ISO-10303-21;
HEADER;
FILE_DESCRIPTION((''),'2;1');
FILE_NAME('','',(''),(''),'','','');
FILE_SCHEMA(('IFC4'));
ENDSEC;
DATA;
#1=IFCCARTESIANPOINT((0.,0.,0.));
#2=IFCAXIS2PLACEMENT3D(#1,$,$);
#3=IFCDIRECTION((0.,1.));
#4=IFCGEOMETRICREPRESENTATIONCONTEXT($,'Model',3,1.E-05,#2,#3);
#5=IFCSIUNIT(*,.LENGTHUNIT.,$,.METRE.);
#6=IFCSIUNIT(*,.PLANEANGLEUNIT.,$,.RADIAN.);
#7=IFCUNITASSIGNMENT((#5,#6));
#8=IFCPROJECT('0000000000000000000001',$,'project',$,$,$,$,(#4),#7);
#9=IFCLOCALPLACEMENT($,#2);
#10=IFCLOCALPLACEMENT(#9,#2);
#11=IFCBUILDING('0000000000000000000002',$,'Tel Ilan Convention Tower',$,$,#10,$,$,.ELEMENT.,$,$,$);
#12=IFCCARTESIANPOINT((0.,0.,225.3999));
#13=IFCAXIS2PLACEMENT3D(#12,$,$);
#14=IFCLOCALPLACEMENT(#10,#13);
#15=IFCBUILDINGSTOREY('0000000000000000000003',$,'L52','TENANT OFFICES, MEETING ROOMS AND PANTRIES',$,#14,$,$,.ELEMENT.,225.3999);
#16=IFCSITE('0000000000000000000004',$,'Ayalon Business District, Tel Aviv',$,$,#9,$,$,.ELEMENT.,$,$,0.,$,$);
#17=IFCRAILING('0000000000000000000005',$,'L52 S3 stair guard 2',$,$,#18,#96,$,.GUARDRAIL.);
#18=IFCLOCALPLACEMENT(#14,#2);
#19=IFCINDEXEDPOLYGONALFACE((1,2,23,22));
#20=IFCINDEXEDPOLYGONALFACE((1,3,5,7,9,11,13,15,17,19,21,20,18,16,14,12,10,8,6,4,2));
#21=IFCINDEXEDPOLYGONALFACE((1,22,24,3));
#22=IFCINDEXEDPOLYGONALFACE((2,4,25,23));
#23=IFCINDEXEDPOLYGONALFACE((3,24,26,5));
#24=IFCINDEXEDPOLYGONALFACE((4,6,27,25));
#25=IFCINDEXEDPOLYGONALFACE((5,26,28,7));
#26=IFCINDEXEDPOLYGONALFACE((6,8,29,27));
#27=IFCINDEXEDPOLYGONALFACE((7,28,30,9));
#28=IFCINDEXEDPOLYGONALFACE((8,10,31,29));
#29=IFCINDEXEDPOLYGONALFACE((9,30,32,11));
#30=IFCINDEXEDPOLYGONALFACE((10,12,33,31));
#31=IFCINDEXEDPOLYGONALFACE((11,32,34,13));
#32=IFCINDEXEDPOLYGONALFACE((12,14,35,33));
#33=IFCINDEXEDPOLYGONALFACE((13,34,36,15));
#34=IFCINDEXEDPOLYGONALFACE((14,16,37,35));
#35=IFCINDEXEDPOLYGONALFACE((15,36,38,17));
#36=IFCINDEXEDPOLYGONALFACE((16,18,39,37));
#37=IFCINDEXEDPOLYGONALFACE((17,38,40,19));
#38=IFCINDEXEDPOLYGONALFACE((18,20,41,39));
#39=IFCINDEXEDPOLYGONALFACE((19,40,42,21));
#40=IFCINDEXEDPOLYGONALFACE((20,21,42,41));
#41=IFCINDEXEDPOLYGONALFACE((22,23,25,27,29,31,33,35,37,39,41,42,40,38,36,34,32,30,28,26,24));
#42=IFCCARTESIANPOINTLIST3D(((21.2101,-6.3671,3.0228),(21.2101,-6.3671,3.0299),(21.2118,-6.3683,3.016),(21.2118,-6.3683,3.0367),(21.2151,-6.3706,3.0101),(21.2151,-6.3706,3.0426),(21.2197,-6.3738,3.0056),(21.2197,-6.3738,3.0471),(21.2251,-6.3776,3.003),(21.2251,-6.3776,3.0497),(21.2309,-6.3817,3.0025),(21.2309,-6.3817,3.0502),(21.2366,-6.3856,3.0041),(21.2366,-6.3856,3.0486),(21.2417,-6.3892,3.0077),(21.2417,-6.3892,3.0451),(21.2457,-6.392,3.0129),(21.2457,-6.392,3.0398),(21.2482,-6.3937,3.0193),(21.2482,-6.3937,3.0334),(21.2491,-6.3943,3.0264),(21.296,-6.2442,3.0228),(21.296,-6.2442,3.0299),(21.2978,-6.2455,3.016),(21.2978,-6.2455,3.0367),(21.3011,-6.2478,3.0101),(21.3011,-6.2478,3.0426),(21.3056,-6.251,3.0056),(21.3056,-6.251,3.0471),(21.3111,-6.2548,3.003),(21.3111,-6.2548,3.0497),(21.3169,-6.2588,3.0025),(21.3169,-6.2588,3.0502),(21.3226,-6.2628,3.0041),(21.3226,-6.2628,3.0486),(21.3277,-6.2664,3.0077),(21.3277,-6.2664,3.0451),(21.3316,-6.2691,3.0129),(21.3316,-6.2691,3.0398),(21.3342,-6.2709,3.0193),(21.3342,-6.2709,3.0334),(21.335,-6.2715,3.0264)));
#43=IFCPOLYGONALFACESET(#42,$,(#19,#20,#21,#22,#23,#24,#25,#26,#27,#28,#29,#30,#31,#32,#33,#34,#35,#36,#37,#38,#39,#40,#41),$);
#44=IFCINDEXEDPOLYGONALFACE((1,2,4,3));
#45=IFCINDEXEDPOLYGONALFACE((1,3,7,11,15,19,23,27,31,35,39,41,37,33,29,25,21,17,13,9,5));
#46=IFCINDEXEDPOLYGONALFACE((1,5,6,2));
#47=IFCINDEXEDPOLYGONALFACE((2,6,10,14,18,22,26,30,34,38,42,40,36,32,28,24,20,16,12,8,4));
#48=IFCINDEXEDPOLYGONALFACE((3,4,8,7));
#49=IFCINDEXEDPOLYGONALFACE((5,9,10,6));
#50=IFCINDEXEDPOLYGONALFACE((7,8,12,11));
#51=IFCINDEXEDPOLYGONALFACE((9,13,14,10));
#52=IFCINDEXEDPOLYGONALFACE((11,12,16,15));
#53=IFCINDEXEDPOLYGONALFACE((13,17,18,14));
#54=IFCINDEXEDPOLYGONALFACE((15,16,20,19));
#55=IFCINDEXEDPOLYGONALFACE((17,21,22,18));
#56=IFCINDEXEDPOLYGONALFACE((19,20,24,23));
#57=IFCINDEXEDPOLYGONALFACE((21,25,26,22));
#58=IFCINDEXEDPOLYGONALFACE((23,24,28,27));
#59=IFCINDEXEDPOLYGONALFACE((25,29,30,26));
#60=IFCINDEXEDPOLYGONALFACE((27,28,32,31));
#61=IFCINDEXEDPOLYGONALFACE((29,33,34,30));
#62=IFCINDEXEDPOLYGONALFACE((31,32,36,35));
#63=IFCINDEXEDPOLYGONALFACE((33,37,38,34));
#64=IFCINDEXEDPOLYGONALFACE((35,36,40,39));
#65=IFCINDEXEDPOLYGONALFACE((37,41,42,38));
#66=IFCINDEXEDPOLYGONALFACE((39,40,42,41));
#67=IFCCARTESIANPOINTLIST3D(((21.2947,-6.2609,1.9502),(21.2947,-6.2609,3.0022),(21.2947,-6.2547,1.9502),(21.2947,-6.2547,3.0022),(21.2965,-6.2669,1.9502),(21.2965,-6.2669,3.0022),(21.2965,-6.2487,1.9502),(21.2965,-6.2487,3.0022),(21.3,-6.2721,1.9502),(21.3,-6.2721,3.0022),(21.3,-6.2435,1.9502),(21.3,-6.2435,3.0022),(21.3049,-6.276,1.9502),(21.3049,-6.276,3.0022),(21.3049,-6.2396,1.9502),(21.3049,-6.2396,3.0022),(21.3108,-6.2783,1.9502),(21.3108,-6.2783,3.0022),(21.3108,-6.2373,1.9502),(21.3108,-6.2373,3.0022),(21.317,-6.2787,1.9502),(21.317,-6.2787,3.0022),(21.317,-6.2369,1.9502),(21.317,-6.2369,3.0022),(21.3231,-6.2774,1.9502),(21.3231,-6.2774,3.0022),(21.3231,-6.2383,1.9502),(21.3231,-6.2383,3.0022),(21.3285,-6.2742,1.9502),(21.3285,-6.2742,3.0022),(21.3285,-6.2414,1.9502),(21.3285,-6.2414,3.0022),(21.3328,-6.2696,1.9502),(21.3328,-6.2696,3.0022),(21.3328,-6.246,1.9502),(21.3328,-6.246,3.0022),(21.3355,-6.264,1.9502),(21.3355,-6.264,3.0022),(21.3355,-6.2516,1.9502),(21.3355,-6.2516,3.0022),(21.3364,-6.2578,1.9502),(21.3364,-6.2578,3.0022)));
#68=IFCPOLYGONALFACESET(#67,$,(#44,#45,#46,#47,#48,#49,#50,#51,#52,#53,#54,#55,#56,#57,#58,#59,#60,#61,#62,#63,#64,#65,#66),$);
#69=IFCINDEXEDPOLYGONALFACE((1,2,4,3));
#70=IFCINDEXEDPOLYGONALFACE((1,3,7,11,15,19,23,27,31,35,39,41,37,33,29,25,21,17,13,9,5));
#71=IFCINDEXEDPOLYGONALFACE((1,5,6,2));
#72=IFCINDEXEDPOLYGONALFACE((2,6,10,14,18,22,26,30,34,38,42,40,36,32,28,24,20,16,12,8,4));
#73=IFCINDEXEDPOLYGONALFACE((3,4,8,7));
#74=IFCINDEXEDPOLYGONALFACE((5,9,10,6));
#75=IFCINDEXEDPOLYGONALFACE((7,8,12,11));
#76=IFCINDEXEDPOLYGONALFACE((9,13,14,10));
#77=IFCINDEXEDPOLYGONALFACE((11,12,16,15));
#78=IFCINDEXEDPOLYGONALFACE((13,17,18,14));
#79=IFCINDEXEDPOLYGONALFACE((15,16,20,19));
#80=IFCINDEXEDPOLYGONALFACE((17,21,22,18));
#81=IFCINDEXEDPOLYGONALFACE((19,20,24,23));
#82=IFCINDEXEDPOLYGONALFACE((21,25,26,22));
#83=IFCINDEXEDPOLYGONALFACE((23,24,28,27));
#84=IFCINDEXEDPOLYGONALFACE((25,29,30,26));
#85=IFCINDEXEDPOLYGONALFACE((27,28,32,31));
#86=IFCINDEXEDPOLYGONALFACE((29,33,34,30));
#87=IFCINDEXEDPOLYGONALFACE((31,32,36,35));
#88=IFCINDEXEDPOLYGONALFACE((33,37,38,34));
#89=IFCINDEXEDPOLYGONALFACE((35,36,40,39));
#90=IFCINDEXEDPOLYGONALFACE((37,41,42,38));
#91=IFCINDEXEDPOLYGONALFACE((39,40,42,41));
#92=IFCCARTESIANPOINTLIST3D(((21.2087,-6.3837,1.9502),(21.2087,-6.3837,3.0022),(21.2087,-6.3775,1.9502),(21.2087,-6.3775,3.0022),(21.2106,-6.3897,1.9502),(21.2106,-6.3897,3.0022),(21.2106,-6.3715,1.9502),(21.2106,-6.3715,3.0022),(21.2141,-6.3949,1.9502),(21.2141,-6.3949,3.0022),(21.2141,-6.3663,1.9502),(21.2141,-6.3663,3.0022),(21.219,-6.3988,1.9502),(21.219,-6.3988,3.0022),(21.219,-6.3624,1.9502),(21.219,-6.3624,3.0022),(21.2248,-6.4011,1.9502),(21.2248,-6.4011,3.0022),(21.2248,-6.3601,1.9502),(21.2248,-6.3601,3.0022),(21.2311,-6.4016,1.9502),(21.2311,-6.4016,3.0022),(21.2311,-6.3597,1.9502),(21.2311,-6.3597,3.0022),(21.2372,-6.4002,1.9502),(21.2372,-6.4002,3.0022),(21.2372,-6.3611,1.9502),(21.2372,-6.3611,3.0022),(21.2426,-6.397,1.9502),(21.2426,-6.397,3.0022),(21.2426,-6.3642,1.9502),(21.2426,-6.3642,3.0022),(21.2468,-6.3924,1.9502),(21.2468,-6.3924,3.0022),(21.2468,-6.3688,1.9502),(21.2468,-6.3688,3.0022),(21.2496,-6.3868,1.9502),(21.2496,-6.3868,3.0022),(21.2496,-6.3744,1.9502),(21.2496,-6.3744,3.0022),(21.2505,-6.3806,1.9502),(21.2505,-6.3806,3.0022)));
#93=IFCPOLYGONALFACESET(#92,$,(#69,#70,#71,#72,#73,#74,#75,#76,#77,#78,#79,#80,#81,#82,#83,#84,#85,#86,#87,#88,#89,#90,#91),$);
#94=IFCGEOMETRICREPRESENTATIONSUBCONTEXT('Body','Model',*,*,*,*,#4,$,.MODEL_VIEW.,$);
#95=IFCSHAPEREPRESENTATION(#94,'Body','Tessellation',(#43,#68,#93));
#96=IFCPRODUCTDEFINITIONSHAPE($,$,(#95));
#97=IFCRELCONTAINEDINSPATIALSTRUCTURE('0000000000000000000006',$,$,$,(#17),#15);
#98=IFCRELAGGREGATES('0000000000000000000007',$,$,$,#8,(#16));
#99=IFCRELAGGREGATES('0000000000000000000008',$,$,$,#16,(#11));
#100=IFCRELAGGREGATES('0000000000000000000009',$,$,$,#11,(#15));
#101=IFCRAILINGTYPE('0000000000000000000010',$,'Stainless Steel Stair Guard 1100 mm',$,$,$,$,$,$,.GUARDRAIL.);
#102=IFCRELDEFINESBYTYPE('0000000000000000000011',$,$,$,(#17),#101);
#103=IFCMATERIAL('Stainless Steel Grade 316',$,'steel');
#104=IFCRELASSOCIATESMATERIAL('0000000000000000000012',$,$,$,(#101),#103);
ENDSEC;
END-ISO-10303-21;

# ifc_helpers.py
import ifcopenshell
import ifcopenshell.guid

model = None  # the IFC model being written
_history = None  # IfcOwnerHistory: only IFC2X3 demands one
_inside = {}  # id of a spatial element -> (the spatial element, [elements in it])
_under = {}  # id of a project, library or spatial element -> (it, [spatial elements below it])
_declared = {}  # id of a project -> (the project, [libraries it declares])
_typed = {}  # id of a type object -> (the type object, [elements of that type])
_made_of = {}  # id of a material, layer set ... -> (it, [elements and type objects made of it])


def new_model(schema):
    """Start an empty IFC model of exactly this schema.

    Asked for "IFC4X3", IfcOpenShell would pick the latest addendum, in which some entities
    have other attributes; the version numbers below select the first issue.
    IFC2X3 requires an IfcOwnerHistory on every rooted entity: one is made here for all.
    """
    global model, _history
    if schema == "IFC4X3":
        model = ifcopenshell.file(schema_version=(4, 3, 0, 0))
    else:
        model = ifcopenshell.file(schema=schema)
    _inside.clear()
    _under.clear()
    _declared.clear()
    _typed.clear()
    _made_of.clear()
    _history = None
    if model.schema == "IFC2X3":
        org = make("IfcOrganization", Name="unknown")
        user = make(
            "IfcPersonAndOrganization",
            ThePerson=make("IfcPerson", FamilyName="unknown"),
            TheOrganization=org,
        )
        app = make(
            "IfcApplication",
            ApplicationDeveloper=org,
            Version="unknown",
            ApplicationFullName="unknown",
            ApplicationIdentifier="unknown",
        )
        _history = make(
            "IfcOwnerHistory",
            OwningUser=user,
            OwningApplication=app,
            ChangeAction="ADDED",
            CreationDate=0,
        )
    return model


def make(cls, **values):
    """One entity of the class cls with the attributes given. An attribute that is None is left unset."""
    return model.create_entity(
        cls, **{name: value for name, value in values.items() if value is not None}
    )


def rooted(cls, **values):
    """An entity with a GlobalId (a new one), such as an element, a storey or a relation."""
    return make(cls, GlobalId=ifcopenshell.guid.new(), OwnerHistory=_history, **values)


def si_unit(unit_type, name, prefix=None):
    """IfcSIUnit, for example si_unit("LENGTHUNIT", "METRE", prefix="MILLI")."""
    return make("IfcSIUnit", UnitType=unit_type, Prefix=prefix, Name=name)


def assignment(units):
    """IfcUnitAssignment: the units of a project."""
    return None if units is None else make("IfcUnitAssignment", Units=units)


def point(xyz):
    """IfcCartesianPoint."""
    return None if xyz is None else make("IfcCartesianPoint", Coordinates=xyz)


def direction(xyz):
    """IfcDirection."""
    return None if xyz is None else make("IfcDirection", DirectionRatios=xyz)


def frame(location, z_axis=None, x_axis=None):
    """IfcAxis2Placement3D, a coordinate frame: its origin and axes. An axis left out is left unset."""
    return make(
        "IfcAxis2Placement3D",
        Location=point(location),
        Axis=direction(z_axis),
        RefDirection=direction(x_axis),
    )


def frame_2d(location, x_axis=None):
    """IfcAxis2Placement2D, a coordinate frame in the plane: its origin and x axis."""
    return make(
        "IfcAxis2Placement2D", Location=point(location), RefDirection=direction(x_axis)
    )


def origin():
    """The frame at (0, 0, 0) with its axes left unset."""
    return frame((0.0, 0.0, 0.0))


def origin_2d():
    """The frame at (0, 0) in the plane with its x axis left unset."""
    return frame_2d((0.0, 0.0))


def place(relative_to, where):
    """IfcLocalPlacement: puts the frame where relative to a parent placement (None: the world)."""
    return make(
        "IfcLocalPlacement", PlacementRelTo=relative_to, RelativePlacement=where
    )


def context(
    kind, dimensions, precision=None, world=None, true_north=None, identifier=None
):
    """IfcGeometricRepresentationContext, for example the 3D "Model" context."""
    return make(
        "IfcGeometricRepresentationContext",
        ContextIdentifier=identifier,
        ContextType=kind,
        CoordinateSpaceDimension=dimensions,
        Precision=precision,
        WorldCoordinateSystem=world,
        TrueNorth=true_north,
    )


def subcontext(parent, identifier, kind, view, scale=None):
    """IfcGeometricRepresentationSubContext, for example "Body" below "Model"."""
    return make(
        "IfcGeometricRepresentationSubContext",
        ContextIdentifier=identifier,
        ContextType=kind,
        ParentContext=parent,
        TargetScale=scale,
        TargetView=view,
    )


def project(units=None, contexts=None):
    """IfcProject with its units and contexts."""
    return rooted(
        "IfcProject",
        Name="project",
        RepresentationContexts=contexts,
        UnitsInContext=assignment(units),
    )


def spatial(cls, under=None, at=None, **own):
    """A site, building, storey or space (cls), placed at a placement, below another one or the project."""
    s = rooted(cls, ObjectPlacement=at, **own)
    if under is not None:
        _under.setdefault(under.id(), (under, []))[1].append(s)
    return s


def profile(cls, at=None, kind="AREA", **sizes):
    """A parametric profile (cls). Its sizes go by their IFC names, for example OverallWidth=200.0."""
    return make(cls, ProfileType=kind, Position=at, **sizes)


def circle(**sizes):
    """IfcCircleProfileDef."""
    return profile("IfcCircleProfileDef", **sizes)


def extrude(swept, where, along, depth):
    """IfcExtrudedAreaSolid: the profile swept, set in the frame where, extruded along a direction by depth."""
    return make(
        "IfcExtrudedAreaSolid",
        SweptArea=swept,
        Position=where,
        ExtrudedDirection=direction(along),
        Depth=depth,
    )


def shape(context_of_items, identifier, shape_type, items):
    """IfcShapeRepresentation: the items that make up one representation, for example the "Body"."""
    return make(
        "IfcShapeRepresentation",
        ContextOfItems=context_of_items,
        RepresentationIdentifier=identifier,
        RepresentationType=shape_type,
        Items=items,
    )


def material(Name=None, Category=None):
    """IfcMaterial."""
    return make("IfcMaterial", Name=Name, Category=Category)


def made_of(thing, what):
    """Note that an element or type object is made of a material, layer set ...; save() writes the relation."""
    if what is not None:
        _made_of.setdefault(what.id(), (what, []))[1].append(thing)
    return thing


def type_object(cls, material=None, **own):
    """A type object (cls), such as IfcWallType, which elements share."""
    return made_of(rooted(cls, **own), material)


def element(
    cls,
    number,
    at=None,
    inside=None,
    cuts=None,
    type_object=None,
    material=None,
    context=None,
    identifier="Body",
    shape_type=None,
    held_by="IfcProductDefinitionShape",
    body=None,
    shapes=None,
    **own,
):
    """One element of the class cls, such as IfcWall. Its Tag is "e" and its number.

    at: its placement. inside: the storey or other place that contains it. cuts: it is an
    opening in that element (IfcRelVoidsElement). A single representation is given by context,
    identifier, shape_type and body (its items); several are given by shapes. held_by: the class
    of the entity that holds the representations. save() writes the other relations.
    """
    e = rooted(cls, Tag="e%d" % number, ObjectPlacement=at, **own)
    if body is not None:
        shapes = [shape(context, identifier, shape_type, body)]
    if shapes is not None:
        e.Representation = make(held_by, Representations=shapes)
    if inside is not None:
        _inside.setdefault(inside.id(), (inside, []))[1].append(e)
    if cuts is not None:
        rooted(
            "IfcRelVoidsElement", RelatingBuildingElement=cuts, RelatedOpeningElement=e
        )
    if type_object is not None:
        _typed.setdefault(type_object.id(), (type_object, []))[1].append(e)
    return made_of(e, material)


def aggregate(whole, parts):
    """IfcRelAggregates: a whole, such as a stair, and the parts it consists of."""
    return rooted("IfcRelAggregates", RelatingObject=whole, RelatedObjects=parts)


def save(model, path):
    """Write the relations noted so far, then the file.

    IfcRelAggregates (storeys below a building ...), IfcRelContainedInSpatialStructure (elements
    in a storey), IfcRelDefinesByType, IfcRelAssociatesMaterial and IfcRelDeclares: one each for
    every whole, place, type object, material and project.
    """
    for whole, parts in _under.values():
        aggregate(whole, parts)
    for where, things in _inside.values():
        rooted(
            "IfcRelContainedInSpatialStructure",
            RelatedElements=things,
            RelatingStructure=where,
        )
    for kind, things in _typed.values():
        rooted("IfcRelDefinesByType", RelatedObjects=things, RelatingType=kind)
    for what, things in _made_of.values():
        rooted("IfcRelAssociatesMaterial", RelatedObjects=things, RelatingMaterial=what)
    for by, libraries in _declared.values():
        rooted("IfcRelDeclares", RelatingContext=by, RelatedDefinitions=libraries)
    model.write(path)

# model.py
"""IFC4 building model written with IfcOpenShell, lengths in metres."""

from ifc_helpers import new_model, si_unit, direction, frame, origin, origin_2d, place, context, subcontext, project, spatial, circle, extrude, material, type_object, element, save


model = new_model("IFC4")

# Units and contexts
model_context = context("Model", 3, precision=1e-05, world=origin(), true_north=direction((0.0, 1.0)))
body_context = subcontext(model_context, "Body", "Model", "MODEL_VIEW")
ifc_project = project(units=[si_unit("LENGTHUNIT", "METRE"), si_unit("PLANEANGLEUNIT", "RADIAN")], contexts=[model_context])

# Site, building, storey
site_placement = place(None, origin())
site = spatial("IfcSite", under=ifc_project, at=site_placement, Name="Ayalon Business District, Tel Aviv", CompositionType="ELEMENT", RefElevation=0.0)
building_placement = place(site_placement, origin())
building = spatial("IfcBuilding", under=site, at=building_placement, Name="Tel Ilan Convention Tower", CompositionType="ELEMENT")
storey_placement = place(building_placement, frame((0.0, 0.0, 225.3999)))
storey = spatial("IfcBuildingStorey", under=building, at=storey_placement, Name="L52", Description="TENANT OFFICES, MEETING ROOMS AND PANTRIES", CompositionType="ELEMENT", Elevation=225.3999)

# Railing
ifc_material_1 = material(Name="Stainless Steel Grade 316", Category="steel")
railing_type_1 = type_object("IfcRailingType", Name="Stainless Steel Stair Guard 1100 mm", PredefinedType="GUARDRAIL", material=ifc_material_1)
railing_1_placement = place(storey_placement, frame((21.3154, -6.2578, 1.9502)))
element("IfcRailing", 1, at=railing_1_placement, inside=storey, type_object=railing_type_1, Name="L52 S3 stair guard 2", PredefinedType="GUARDRAIL", context=body_context, shape_type="SweptSolid", body=[
    extrude(circle(Radius=0.0239, at=origin_2d()), frame((0.0, 0.0, 1.0762), z_axis=(-0.573353, -0.819308, 0.0), x_axis=(0.819308, -0.573353, 0.0)), (0.0, 0.0, 1.0), 0.1499),
    extrude(circle(Radius=0.021, at=origin_2d()), origin(), (0.0, 0.0, 1.0), 1.052),
    extrude(circle(Radius=0.021, at=origin_2d()), frame((-0.0859, -0.1228, 0.0)), (0.0, 0.0, 1.0), 1.052),
])

save(model, "model.ifc")
